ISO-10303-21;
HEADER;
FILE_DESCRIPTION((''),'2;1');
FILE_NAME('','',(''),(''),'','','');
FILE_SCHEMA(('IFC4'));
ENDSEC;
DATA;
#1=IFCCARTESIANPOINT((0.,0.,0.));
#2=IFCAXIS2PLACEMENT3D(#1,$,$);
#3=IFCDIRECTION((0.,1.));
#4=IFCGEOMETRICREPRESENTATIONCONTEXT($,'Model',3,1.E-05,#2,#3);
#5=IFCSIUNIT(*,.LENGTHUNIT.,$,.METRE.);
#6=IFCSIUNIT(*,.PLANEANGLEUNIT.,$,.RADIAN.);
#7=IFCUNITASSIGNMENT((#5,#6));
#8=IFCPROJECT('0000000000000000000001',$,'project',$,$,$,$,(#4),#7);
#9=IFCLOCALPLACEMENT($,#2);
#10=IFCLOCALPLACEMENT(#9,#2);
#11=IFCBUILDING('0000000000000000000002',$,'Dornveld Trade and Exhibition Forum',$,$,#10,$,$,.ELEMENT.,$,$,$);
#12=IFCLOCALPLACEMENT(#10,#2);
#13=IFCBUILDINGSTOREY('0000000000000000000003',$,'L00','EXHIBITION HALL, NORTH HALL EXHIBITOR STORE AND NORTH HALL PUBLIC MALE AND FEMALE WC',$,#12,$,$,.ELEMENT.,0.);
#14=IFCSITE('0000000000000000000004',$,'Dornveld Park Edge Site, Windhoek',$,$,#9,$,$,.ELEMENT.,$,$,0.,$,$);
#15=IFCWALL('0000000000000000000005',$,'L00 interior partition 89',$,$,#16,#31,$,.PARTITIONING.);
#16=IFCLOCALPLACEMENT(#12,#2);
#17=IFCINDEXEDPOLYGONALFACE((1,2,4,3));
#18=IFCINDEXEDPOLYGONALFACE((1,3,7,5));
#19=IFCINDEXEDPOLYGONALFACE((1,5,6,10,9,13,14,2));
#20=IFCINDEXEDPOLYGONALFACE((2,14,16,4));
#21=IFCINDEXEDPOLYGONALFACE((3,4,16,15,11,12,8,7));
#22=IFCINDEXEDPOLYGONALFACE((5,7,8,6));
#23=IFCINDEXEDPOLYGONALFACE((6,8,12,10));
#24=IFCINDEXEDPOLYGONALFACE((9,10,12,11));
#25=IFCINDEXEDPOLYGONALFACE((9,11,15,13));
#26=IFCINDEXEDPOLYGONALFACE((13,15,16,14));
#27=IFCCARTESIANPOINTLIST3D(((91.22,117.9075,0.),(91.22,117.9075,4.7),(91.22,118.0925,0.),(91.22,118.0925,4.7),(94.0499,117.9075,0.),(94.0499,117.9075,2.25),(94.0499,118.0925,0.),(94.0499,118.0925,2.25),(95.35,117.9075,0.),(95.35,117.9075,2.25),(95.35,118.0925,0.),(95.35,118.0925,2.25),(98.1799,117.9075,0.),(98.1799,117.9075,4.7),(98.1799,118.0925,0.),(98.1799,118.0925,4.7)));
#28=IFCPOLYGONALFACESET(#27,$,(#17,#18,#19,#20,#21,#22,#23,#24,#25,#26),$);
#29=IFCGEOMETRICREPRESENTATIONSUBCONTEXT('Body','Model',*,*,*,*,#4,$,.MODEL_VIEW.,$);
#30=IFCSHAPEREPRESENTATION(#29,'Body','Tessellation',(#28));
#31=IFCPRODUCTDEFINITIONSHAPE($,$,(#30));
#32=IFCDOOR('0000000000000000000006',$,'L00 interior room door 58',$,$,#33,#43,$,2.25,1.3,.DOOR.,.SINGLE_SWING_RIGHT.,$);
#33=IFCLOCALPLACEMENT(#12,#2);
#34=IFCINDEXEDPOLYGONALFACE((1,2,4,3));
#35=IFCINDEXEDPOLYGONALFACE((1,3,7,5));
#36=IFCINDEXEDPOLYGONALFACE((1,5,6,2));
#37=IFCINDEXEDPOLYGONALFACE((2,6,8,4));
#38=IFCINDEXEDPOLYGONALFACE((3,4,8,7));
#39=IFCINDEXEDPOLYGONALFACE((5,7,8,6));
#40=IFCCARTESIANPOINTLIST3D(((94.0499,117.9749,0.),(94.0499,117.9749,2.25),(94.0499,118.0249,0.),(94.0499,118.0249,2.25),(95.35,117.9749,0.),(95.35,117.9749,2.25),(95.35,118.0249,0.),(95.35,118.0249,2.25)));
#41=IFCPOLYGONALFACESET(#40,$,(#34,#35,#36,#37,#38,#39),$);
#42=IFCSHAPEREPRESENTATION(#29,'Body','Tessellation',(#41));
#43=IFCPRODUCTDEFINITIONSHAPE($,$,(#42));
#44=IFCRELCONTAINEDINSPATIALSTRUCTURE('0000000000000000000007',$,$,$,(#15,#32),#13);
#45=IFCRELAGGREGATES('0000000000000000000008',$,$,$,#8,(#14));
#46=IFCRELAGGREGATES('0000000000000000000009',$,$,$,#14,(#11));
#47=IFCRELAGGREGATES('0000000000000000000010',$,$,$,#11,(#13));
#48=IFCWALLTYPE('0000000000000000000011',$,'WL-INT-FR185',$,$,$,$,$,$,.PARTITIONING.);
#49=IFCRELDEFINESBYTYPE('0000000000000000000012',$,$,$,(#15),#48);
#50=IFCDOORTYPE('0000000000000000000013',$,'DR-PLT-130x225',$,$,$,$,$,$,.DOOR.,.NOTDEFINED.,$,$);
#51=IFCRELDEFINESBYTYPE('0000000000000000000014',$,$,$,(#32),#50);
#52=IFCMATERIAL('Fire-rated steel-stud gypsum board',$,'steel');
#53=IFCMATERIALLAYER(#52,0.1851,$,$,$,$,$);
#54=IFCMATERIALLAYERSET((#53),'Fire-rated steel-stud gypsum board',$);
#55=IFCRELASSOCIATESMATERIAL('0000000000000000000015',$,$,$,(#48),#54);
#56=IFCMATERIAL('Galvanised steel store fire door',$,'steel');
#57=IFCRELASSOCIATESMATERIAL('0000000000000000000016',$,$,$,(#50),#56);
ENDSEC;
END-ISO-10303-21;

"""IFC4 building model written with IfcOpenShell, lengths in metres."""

from ifc_helpers import new_model, si_unit, direction, frame, frame_2d, origin, place, context, subcontext, project, spatial, rectangle, extrude, material, layer, layer_set, type_object, element, fill, save


model = new_model("IFC4")

# Units and contexts
model_context = context("Model", 3, precision=1e-05, world=origin(), true_north=direction((0.0, 1.0)))
body_context = subcontext(model_context, "Body", "Model", "MODEL_VIEW")
ifc_project = project(units=[si_unit("LENGTHUNIT", "METRE"), si_unit("PLANEANGLEUNIT", "RADIAN")], contexts=[model_context])

# Site, building, storey
site_placement = place(None, origin())
site = spatial("IfcSite", under=ifc_project, at=site_placement, Name="Dornveld Park Edge Site, Windhoek", CompositionType="ELEMENT", RefElevation=0.0)
building_placement = place(site_placement, origin())
building = spatial("IfcBuilding", under=site, at=building_placement, Name="Dornveld Trade and Exhibition Forum", CompositionType="ELEMENT")
storey_placement = place(building_placement, origin())
storey = spatial("IfcBuildingStorey", under=building, at=storey_placement, Name="L00", Description="EXHIBITION HALL, NORTH HALL EXHIBITOR STORE AND NORTH HALL PUBLIC MALE AND FEMALE WC", CompositionType="ELEMENT", Elevation=0.0)

# Wall, opening, door
ifc_material_1 = material(Name="Fire-rated steel-stud gypsum board", Category="steel")
ifc_layer_1 = layer(ifc_material_1, 0.1851)
ifc_layer_set_1 = layer_set([ifc_layer_1], Name="Fire-rated steel-stud gypsum board")
wall_type_1 = type_object("IfcWallType", Name="WL-INT-FR185", PredefinedType="PARTITIONING", material=ifc_layer_set_1)
wall_1_placement = place(storey_placement, frame((91.22, 118.0, 0.0), z_axis=(0.0, 0.0, 1.0), x_axis=(1.0, 0.0, 0.0)))
wall_1 = element("IfcWall", 1, at=wall_1_placement, inside=storey, type_object=wall_type_1, Name="L00 interior partition 89", PredefinedType="PARTITIONING", context=body_context, shape_type="SweptSolid", body=[
    extrude(rectangle(XDim=6.96, YDim=0.1851, at=frame_2d((3.48, 0.0))), origin(), (0.0, 0.0, 1.0), 4.7),
])
opening_1_placement = place(wall_1_placement, frame((2.8301, 0.0, 0.0)))
opening_1 = element("IfcOpeningElement", 2, at=opening_1_placement, cuts=wall_1, PredefinedType="OPENING", context=body_context, shape_type="SweptSolid", body=[
    extrude(rectangle(XDim=1.3, YDim=2.25, at=frame_2d((0.6499, 1.125))), frame((0.0, 0.1025, 0.0), z_axis=(0.0, -1.0, 0.0), x_axis=(1.0, 0.0, 0.0)), (0.0, 0.0, 1.0), 0.2051),
])
ifc_material_2 = material(Name="Galvanised steel store fire door", Category="steel")
door_type_1 = type_object("IfcDoorType", Name="DR-PLT-130x225", OperationType="NOTDEFINED", PredefinedType="DOOR", material=ifc_material_2)
door_1_placement = place(opening_1_placement, origin())
door_1 = element("IfcDoor", 3, at=door_1_placement, inside=storey, type_object=door_type_1, Name="L00 interior room door 58", OperationType="SINGLE_SWING_RIGHT", OverallHeight=2.25, OverallWidth=1.3, PredefinedType="DOOR", context=body_context, shape_type="SweptSolid", body=[
    extrude(rectangle(XDim=1.3, YDim=2.25, at=frame_2d((0.6499, 1.125))), frame((0.0, 0.0249, 0.0), z_axis=(0.0, -1.0, 0.0), x_axis=(1.0, 0.0, 0.0)), (0.0, 0.0, 1.0), 0.05),
])
fill(opening_1, door_1)

save(model, "model.ifc")
